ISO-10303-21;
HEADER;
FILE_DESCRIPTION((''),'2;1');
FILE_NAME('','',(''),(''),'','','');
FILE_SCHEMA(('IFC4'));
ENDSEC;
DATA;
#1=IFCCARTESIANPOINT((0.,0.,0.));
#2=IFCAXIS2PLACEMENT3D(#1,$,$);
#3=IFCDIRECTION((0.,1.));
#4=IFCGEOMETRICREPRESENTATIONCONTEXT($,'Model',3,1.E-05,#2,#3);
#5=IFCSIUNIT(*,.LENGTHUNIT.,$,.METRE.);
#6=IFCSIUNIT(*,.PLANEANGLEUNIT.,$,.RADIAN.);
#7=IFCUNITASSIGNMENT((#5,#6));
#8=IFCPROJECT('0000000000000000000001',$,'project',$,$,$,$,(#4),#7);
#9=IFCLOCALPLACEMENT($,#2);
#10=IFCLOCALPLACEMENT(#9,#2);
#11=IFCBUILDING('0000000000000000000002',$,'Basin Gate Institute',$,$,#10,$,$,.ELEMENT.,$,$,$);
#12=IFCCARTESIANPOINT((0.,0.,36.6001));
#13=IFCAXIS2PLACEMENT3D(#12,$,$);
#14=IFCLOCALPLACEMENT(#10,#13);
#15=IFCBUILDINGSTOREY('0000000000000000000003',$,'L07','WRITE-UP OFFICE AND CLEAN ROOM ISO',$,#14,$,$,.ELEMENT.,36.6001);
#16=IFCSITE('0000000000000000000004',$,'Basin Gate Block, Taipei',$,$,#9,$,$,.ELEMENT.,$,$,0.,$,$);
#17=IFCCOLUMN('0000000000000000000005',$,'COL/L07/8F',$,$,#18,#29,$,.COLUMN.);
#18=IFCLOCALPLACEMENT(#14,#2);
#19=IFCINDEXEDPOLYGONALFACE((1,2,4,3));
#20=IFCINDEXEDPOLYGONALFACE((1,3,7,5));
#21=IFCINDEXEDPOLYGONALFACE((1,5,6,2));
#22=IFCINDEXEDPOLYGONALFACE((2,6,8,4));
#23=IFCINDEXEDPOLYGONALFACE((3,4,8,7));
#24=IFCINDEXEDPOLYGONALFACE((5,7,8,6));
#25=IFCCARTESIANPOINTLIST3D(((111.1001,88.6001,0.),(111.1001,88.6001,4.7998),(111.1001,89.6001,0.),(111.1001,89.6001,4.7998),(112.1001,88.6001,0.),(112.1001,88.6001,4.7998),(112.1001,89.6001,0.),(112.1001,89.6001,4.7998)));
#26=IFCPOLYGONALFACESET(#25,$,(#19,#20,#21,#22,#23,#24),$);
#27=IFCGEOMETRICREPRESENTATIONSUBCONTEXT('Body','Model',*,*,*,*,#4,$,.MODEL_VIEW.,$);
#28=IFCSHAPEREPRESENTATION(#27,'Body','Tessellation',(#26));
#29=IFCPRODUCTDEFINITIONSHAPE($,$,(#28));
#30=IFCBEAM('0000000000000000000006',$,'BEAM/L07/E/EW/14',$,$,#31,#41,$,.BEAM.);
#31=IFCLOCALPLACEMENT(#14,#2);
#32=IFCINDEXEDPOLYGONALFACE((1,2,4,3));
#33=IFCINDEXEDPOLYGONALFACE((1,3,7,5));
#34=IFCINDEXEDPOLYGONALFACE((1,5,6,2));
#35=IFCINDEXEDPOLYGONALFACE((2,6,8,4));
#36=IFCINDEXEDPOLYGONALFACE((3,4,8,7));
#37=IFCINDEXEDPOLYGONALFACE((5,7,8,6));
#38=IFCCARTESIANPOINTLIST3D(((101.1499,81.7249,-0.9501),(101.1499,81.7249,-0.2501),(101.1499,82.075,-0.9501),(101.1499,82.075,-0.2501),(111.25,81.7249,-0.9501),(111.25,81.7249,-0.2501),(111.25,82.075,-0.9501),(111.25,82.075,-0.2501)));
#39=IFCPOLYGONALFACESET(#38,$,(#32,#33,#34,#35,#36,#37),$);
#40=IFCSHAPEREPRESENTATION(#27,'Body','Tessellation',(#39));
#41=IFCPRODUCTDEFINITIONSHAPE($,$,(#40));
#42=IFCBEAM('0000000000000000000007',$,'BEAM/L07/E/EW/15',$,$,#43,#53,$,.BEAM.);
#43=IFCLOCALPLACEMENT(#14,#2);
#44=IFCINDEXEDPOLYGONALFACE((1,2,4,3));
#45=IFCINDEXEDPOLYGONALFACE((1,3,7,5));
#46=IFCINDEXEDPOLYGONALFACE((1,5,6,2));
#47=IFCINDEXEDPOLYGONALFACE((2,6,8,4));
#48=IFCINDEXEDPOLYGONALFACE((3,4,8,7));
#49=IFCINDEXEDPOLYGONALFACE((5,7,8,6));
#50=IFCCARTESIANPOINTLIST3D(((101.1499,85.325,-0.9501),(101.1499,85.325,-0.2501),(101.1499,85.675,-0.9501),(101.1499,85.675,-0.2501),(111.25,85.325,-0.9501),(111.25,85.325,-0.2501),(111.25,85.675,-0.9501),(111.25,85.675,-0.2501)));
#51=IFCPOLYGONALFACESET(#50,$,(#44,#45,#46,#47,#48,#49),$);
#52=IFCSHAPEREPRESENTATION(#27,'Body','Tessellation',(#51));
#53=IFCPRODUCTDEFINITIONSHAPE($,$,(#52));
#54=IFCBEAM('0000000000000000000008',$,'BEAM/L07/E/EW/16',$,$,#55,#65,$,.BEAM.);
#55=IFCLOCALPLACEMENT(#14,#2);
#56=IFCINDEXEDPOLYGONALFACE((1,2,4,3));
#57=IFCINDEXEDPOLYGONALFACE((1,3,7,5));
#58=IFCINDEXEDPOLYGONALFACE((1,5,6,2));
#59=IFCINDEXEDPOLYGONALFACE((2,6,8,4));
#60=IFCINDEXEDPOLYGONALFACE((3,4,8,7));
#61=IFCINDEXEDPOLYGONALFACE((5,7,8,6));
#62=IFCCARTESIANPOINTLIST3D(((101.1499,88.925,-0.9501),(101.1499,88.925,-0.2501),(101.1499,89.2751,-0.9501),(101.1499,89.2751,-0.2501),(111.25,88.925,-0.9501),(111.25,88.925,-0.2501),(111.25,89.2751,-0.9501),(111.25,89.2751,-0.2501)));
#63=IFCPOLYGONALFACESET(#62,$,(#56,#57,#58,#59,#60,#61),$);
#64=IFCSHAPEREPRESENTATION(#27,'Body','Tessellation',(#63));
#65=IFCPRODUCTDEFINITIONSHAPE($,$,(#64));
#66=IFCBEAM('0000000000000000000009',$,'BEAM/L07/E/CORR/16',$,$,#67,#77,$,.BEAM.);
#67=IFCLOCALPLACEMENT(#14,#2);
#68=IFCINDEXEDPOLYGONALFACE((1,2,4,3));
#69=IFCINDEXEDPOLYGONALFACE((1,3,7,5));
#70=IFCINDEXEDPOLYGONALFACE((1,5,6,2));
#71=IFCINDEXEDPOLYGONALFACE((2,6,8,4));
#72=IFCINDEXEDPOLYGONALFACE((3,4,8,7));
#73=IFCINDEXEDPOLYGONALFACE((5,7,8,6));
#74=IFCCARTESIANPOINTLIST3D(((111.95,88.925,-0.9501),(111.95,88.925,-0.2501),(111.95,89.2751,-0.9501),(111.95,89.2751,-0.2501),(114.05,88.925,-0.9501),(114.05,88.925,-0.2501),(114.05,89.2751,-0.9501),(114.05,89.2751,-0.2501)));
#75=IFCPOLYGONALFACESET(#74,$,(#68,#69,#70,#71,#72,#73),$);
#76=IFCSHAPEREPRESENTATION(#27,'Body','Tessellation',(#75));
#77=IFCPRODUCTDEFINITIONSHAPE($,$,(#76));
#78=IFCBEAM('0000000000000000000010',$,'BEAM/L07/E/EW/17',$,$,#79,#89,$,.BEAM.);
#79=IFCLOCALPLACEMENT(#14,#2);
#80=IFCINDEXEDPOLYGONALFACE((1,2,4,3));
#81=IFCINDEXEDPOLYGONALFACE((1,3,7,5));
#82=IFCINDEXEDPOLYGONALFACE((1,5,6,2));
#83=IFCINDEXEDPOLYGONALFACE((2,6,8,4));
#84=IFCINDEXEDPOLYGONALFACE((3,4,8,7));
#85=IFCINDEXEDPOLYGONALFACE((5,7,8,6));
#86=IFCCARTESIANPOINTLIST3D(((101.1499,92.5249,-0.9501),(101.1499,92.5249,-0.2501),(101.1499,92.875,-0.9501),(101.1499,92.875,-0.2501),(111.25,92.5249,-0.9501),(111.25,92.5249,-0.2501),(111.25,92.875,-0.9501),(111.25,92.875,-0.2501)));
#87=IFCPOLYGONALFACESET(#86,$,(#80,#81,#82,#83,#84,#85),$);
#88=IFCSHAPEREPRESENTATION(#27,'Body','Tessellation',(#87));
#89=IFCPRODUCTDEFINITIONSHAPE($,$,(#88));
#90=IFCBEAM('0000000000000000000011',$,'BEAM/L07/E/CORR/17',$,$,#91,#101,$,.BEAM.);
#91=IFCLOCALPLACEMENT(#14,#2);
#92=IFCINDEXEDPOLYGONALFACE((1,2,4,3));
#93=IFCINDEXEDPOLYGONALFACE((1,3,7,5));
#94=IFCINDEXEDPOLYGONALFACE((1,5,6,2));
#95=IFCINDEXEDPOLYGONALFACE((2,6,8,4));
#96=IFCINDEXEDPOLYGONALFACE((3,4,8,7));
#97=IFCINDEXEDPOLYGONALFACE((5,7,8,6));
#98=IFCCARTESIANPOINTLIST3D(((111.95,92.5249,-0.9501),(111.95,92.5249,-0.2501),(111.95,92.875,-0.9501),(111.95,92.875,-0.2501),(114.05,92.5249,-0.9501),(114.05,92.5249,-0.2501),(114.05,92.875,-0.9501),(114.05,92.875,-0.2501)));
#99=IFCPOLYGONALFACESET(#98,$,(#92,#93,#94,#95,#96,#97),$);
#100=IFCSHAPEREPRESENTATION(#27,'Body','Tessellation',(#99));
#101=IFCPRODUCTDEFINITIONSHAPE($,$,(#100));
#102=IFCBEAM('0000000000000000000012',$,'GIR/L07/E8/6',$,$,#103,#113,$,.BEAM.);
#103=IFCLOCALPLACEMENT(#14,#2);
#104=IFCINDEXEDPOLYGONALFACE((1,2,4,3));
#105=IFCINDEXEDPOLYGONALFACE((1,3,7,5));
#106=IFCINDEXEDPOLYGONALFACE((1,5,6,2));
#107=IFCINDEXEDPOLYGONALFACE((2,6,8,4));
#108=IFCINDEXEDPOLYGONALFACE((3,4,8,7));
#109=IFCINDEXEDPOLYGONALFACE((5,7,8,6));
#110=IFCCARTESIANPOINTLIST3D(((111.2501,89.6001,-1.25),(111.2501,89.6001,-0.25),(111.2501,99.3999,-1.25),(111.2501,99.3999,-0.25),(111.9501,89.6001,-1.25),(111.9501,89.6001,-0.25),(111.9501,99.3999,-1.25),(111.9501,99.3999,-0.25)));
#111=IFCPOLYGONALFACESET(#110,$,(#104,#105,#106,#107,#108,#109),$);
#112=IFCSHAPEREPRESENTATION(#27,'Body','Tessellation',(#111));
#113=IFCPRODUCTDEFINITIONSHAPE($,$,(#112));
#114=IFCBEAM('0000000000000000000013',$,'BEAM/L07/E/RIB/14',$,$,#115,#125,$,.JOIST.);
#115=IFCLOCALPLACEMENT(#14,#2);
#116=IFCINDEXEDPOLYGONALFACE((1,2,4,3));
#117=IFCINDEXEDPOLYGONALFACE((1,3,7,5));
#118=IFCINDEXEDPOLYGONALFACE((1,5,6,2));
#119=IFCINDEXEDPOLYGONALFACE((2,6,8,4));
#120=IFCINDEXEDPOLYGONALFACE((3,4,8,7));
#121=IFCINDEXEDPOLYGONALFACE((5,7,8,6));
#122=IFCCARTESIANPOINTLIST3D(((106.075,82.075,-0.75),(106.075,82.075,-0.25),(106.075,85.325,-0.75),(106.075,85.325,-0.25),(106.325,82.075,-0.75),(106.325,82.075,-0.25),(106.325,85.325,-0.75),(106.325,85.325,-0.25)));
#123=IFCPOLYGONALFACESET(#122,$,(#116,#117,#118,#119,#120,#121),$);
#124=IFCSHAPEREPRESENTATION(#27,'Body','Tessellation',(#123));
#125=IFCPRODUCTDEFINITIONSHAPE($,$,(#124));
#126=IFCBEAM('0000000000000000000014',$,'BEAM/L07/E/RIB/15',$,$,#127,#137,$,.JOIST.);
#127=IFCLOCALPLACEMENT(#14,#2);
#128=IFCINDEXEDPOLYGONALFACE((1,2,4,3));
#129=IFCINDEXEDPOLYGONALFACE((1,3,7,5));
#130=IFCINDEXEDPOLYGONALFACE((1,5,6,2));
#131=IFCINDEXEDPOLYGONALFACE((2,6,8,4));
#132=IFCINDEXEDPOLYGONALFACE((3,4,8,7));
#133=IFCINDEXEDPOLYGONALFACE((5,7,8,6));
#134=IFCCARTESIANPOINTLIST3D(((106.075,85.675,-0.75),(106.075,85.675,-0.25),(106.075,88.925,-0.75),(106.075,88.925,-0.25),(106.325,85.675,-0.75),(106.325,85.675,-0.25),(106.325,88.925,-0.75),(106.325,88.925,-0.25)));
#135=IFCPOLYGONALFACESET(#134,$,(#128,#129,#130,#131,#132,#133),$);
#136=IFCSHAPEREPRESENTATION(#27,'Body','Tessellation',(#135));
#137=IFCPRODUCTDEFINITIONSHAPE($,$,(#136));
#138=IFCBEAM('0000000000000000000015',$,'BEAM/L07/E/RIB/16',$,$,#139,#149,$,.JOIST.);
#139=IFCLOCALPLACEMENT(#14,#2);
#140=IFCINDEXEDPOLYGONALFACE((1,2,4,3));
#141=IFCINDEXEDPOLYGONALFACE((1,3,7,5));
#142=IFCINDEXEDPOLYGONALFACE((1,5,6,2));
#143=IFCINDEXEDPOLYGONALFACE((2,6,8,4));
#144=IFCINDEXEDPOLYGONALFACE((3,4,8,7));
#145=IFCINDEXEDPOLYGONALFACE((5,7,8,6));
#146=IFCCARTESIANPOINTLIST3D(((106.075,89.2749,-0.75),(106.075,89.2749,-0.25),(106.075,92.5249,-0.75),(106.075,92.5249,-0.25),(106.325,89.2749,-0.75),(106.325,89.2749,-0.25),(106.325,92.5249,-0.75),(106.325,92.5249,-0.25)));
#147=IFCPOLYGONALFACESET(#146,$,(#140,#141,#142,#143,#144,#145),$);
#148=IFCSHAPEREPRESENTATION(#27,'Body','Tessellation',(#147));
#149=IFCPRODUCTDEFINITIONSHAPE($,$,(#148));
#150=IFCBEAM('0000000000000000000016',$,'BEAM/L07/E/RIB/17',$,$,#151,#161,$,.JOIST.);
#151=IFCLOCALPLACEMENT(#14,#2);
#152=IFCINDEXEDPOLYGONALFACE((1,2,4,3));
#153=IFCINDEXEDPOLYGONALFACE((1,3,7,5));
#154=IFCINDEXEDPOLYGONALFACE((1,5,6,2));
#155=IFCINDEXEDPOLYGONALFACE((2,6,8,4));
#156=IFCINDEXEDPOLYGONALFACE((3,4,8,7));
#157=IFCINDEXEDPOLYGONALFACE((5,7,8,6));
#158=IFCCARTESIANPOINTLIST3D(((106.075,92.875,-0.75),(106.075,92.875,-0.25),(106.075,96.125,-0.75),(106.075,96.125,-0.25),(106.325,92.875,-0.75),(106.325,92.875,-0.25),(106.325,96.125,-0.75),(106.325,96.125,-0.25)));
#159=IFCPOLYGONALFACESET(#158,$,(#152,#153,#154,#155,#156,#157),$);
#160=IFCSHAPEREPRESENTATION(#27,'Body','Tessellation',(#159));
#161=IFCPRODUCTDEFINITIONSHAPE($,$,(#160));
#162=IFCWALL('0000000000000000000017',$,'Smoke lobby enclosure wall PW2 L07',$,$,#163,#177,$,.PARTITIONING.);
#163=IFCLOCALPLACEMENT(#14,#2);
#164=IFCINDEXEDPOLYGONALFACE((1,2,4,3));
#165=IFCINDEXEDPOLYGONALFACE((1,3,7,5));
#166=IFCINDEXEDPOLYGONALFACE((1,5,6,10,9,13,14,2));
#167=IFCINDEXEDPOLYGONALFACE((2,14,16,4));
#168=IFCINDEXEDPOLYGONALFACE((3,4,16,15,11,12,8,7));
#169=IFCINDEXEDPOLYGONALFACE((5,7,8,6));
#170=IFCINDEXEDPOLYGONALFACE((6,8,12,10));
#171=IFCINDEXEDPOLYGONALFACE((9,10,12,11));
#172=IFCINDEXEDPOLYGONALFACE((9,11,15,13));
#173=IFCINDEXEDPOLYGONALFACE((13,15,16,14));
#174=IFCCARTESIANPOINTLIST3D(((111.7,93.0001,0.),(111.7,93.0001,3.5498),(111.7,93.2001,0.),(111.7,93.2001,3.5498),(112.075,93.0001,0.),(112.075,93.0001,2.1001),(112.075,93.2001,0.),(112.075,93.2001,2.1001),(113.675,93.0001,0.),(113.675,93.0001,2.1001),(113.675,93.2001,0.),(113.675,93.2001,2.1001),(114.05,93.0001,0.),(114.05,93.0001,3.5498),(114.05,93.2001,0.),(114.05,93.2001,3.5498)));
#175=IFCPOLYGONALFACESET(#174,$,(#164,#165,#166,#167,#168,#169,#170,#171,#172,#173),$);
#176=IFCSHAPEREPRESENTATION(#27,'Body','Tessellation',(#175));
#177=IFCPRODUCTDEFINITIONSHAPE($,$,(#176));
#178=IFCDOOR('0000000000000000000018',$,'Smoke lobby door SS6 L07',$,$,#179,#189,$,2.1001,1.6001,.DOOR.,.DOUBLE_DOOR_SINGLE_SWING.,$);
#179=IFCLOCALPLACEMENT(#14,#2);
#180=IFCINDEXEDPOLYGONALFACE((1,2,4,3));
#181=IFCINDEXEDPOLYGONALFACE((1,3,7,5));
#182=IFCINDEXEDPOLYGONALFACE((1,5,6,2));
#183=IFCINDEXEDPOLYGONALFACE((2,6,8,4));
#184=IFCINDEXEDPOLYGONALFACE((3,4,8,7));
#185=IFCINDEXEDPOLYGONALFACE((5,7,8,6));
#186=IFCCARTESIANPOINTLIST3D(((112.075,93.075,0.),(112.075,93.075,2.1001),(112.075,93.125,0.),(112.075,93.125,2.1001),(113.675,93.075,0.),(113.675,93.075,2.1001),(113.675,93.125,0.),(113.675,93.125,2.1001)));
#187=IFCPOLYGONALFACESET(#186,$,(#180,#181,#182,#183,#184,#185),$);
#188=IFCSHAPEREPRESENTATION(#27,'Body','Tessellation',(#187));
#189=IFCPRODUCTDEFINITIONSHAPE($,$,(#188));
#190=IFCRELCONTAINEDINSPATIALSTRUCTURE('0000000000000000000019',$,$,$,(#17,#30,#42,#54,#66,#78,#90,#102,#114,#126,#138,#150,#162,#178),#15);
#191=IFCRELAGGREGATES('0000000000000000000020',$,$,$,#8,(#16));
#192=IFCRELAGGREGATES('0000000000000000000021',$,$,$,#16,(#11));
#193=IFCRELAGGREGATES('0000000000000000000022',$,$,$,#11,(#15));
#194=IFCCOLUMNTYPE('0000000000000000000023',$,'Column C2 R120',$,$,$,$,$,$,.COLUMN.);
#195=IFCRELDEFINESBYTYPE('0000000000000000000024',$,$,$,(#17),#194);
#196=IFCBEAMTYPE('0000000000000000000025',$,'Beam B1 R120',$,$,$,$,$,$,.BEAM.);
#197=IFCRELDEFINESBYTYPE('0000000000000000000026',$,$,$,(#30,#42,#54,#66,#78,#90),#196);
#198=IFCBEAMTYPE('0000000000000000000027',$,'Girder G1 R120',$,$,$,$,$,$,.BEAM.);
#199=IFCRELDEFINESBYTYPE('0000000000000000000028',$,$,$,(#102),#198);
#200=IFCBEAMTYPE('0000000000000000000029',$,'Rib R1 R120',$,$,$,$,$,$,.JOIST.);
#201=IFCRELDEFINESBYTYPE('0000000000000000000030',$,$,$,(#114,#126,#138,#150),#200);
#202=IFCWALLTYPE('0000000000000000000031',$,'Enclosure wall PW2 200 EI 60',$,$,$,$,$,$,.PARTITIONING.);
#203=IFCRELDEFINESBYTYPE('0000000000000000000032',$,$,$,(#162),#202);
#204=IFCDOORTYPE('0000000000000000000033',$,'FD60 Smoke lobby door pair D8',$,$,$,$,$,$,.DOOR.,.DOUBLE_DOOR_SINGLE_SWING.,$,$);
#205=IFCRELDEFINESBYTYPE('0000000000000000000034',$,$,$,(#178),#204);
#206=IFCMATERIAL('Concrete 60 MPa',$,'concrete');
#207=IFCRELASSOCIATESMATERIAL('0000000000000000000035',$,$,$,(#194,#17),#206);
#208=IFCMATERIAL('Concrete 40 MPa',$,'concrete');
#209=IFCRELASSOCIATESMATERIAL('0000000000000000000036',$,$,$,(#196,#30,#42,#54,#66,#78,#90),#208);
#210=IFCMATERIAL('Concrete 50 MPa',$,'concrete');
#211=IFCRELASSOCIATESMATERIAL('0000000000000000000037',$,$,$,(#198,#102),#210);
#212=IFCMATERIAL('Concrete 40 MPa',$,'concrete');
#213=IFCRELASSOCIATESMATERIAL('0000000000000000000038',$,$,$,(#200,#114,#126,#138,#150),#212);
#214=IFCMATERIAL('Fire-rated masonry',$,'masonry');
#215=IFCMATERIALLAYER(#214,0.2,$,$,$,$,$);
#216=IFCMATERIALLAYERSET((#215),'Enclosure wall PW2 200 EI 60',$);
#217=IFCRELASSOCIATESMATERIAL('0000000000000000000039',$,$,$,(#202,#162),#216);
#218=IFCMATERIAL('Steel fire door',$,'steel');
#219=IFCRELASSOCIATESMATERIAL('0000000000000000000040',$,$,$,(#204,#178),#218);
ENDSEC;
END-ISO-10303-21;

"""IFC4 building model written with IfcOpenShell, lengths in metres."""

from ifc_helpers import new_model, si_unit, direction, frame, frame_2d, origin, origin_2d, place, context, subcontext, project, spatial, rectangle, extrude, material, layer, layer_set, material_profile, profile_set, type_object, element, fill, save


model = new_model("IFC4")

# Units and contexts
model_context = context("Model", 3, precision=1e-05, world=origin(), true_north=direction((0.0, 1.0)))
body_context = subcontext(model_context, "Body", "Model", "MODEL_VIEW")
ifc_project = project(units=[si_unit("LENGTHUNIT", "METRE"), si_unit("PLANEANGLEUNIT", "RADIAN")], contexts=[model_context])

# Site, building, storey
site_placement = place(None, origin())
site = spatial("IfcSite", under=ifc_project, at=site_placement, Name="Basin Gate Block, Taipei", CompositionType="ELEMENT", RefElevation=0.0)
building_placement = place(site_placement, origin())
building = spatial("IfcBuilding", under=site, at=building_placement, Name="Basin Gate Institute", CompositionType="ELEMENT")
storey_placement = place(building_placement, frame((0.0, 0.0, 36.6001)))
storey = spatial("IfcBuildingStorey", under=building, at=storey_placement, Name="L07", Description="WRITE-UP OFFICE AND CLEAN ROOM ISO", CompositionType="ELEMENT", Elevation=36.6001)

# Column
ifc_material_1 = material(Name="Concrete 60 MPa", Category="concrete")
ifc_material_profile_1 = material_profile(ifc_material_1, rectangle(XDim=1.0, YDim=1.0, at=origin_2d()), Name="Column C2 1000 x 1000")
ifc_profile_set_1 = profile_set([ifc_material_profile_1], Name="Concrete 60 MPa")
column_type = type_object("IfcColumnType", Name="Column C2 R120", PredefinedType="COLUMN", material=ifc_profile_set_1)
column_placement = place(storey_placement, frame((111.6001, 89.1001, 0.0), z_axis=(0.0, 0.0, 1.0), x_axis=(1.0, 0.0, 0.0)))
element("IfcColumn", 1, at=column_placement, inside=storey, type_object=column_type, material=ifc_profile_set_1, Name="COL/L07/8F", PredefinedType="COLUMN", context=body_context, shape_type="SweptSolid", body=[
    extrude(rectangle(XDim=1.0, YDim=1.0, at=origin_2d()), origin(), (0.0, 0.0, 1.0), 4.7998),
])

# Beams
ifc_material_2 = material(Name="Concrete 40 MPa", Category="concrete")
ifc_material_profile_2 = material_profile(ifc_material_2, rectangle(XDim=0.3501, YDim=0.7, at=origin_2d()), Name="Beam B1 350 x 700")
ifc_profile_set_2 = profile_set([ifc_material_profile_2], Name="Concrete 40 MPa")
beam_type_1 = type_object("IfcBeamType", Name="Beam B1 R120", PredefinedType="BEAM", material=ifc_profile_set_2)
for number, where, z_axis, x_axis, name in (
    (2, (111.25, 81.8999, -0.6001), (-1.0, 0.0, 0.0), (0.0, -1.0, 0.0), "BEAM/L07/E/EW/14"),
    (3, (111.25, 85.5, -0.6001), (-1.0, 0.0, 0.0), (0.0, -1.0, 0.0), "BEAM/L07/E/EW/15"),
    (4, (111.25, 89.1001, -0.6001), (-1.0, 0.0, 0.0), (0.0, -1.0, 0.0), "BEAM/L07/E/EW/16"),
):
    element("IfcBeam", number, at=place(storey_placement, frame(where, z_axis=z_axis, x_axis=x_axis)), inside=storey, type_object=beam_type_1, material=ifc_profile_set_2, Name=name, PredefinedType="BEAM", context=body_context, shape_type="SweptSolid", body=[
        extrude(rectangle(XDim=0.3501, YDim=0.7, at=origin_2d()), origin(), (0.0, 0.0, 1.0), 10.1001),
    ])
beam_1_placement = place(storey_placement, frame((114.05, 89.1001, -0.6001), z_axis=(-1.0, 0.0, 0.0), x_axis=(0.0, -1.0, 0.0)))
element("IfcBeam", 5, at=beam_1_placement, inside=storey, type_object=beam_type_1, material=ifc_profile_set_2, Name="BEAM/L07/E/CORR/16", PredefinedType="BEAM", context=body_context, shape_type="SweptSolid", body=[
    extrude(rectangle(XDim=0.3501, YDim=0.7, at=origin_2d()), origin(), (0.0, 0.0, 1.0), 2.1001),
])
beam_2_placement = place(storey_placement, frame((111.25, 92.7, -0.6001), z_axis=(-1.0, 0.0, 0.0), x_axis=(0.0, -1.0, 0.0)))
element("IfcBeam", 6, at=beam_2_placement, inside=storey, type_object=beam_type_1, material=ifc_profile_set_2, Name="BEAM/L07/E/EW/17", PredefinedType="BEAM", context=body_context, shape_type="SweptSolid", body=[
    extrude(rectangle(XDim=0.3501, YDim=0.7, at=origin_2d()), origin(), (0.0, 0.0, 1.0), 10.1001),
])
beam_3_placement = place(storey_placement, frame((114.05, 92.7, -0.6001), z_axis=(-1.0, 0.0, 0.0), x_axis=(0.0, -1.0, 0.0)))
element("IfcBeam", 7, at=beam_3_placement, inside=storey, type_object=beam_type_1, material=ifc_profile_set_2, Name="BEAM/L07/E/CORR/17", PredefinedType="BEAM", context=body_context, shape_type="SweptSolid", body=[
    extrude(rectangle(XDim=0.3501, YDim=0.7, at=origin_2d()), origin(), (0.0, 0.0, 1.0), 2.1001),
])
ifc_material_3 = material(Name="Concrete 50 MPa", Category="concrete")
ifc_material_profile_3 = material_profile(ifc_material_3, rectangle(XDim=0.7, YDim=1.0, at=origin_2d()), Name="Girder G1 700 x 1000")
ifc_profile_set_3 = profile_set([ifc_material_profile_3], Name="Concrete 50 MPa")
beam_type_2 = type_object("IfcBeamType", Name="Girder G1 R120", PredefinedType="BEAM", material=ifc_profile_set_3)
beam_4_placement = place(storey_placement, frame((111.6001, 89.6001, -0.75), z_axis=(0.0, 1.0, 0.0), x_axis=(-1.0, 0.0, 0.0)))
element("IfcBeam", 8, at=beam_4_placement, inside=storey, type_object=beam_type_2, material=ifc_profile_set_3, Name="GIR/L07/E8/6", PredefinedType="BEAM", context=body_context, shape_type="SweptSolid", body=[
    extrude(rectangle(XDim=0.7, YDim=1.0, at=origin_2d()), origin(), (0.0, 0.0, 1.0), 9.7998),
])
ifc_material_4 = material(Name="Concrete 40 MPa", Category="concrete")
ifc_material_profile_4 = material_profile(ifc_material_4, rectangle(XDim=0.25, YDim=0.5, at=origin_2d()), Name="Rib R1 250 x 500")
ifc_profile_set_4 = profile_set([ifc_material_profile_4], Name="Concrete 40 MPa")
beam_type_3 = type_object("IfcBeamType", Name="Rib R1 R120", PredefinedType="JOIST", material=ifc_profile_set_4)
for number, where, z_axis, x_axis, name in (
    (9, (106.2, 82.075, -0.5), (0.0, 1.0, 0.0), (-1.0, 0.0, 0.0), "BEAM/L07/E/RIB/14"),
    (10, (106.2, 85.675, -0.5), (0.0, 1.0, 0.0), (-1.0, 0.0, 0.0), "BEAM/L07/E/RIB/15"),
    (11, (106.2, 89.2749, -0.5), (0.0, 1.0, 0.0), (-1.0, 0.0, 0.0), "BEAM/L07/E/RIB/16"),
    (12, (106.2, 92.875, -0.5), (0.0, 1.0, 0.0), (-1.0, 0.0, 0.0), "BEAM/L07/E/RIB/17"),
):
    element("IfcBeam", number, at=place(storey_placement, frame(where, z_axis=z_axis, x_axis=x_axis)), inside=storey, type_object=beam_type_3, material=ifc_profile_set_4, Name=name, PredefinedType="JOIST", context=body_context, shape_type="SweptSolid", body=[
        extrude(rectangle(XDim=0.25, YDim=0.5, at=origin_2d()), origin(), (0.0, 0.0, 1.0), 3.25),
    ])

# Wall, opening, door
ifc_material_5 = material(Name="Fire-rated masonry", Category="masonry")
ifc_layer_1 = layer(ifc_material_5, 0.2)
ifc_layer_set_1 = layer_set([ifc_layer_1], Name="Enclosure wall PW2 200 EI 60")
wall_type_1 = type_object("IfcWallType", Name="Enclosure wall PW2 200 EI 60", PredefinedType="PARTITIONING", material=ifc_layer_set_1)
wall_1_placement = place(storey_placement, frame((114.05, 93.1001, 0.0), z_axis=(0.0, 0.0, 1.0), x_axis=(-1.0, 0.0, 0.0)))
wall_1 = element("IfcWall", 13, at=wall_1_placement, inside=storey, type_object=wall_type_1, material=ifc_layer_set_1, Name="Smoke lobby enclosure wall PW2 L07", PredefinedType="PARTITIONING", context=body_context, shape_type="SweptSolid", body=[
    extrude(rectangle(XDim=2.3501, YDim=0.2, at=frame_2d((1.175, 0.0))), origin(), (0.0, 0.0, 1.0), 3.5498),
])
opening_1_placement = place(wall_1_placement, frame((0.375, 0.0, 0.0)))
opening_1 = element("IfcOpeningElement", 14, at=opening_1_placement, cuts=wall_1, PredefinedType="OPENING", context=body_context, shape_type="SweptSolid", body=[
    extrude(rectangle(XDim=1.6001, YDim=2.1001, at=frame_2d((0.8, 1.05))), frame((0.0, 0.1099, 0.0), z_axis=(0.0, -1.0, 0.0), x_axis=(1.0, 0.0, 0.0)), (0.0, 0.0, 1.0), 0.22),
])
ifc_material_6 = material(Name="Steel fire door", Category="steel")
door_type_1 = type_object("IfcDoorType", Name="FD60 Smoke lobby door pair D8", OperationType="DOUBLE_DOOR_SINGLE_SWING", PredefinedType="DOOR", material=ifc_material_6)
door_1_placement = place(opening_1_placement, frame((1.6001, 0.0, 0.0), z_axis=(0.0, 0.0, 1.0), x_axis=(-1.0, 0.0, 0.0)))
door_1 = element("IfcDoor", 15, at=door_1_placement, inside=storey, type_object=door_type_1, material=ifc_material_6, Name="Smoke lobby door SS6 L07", OperationType="DOUBLE_DOOR_SINGLE_SWING", OverallHeight=2.1001, OverallWidth=1.6001, PredefinedType="DOOR", context=body_context, shape_type="SweptSolid", body=[
    extrude(rectangle(XDim=1.6001, YDim=2.1001, at=frame_2d((0.8, 1.05))), frame((0.0, 0.0249, 0.0), z_axis=(0.0, -1.0, 0.0), x_axis=(1.0, 0.0, 0.0)), (0.0, 0.0, 1.0), 0.05),
])
fill(opening_1, door_1)

save(model, "model.ifc")
